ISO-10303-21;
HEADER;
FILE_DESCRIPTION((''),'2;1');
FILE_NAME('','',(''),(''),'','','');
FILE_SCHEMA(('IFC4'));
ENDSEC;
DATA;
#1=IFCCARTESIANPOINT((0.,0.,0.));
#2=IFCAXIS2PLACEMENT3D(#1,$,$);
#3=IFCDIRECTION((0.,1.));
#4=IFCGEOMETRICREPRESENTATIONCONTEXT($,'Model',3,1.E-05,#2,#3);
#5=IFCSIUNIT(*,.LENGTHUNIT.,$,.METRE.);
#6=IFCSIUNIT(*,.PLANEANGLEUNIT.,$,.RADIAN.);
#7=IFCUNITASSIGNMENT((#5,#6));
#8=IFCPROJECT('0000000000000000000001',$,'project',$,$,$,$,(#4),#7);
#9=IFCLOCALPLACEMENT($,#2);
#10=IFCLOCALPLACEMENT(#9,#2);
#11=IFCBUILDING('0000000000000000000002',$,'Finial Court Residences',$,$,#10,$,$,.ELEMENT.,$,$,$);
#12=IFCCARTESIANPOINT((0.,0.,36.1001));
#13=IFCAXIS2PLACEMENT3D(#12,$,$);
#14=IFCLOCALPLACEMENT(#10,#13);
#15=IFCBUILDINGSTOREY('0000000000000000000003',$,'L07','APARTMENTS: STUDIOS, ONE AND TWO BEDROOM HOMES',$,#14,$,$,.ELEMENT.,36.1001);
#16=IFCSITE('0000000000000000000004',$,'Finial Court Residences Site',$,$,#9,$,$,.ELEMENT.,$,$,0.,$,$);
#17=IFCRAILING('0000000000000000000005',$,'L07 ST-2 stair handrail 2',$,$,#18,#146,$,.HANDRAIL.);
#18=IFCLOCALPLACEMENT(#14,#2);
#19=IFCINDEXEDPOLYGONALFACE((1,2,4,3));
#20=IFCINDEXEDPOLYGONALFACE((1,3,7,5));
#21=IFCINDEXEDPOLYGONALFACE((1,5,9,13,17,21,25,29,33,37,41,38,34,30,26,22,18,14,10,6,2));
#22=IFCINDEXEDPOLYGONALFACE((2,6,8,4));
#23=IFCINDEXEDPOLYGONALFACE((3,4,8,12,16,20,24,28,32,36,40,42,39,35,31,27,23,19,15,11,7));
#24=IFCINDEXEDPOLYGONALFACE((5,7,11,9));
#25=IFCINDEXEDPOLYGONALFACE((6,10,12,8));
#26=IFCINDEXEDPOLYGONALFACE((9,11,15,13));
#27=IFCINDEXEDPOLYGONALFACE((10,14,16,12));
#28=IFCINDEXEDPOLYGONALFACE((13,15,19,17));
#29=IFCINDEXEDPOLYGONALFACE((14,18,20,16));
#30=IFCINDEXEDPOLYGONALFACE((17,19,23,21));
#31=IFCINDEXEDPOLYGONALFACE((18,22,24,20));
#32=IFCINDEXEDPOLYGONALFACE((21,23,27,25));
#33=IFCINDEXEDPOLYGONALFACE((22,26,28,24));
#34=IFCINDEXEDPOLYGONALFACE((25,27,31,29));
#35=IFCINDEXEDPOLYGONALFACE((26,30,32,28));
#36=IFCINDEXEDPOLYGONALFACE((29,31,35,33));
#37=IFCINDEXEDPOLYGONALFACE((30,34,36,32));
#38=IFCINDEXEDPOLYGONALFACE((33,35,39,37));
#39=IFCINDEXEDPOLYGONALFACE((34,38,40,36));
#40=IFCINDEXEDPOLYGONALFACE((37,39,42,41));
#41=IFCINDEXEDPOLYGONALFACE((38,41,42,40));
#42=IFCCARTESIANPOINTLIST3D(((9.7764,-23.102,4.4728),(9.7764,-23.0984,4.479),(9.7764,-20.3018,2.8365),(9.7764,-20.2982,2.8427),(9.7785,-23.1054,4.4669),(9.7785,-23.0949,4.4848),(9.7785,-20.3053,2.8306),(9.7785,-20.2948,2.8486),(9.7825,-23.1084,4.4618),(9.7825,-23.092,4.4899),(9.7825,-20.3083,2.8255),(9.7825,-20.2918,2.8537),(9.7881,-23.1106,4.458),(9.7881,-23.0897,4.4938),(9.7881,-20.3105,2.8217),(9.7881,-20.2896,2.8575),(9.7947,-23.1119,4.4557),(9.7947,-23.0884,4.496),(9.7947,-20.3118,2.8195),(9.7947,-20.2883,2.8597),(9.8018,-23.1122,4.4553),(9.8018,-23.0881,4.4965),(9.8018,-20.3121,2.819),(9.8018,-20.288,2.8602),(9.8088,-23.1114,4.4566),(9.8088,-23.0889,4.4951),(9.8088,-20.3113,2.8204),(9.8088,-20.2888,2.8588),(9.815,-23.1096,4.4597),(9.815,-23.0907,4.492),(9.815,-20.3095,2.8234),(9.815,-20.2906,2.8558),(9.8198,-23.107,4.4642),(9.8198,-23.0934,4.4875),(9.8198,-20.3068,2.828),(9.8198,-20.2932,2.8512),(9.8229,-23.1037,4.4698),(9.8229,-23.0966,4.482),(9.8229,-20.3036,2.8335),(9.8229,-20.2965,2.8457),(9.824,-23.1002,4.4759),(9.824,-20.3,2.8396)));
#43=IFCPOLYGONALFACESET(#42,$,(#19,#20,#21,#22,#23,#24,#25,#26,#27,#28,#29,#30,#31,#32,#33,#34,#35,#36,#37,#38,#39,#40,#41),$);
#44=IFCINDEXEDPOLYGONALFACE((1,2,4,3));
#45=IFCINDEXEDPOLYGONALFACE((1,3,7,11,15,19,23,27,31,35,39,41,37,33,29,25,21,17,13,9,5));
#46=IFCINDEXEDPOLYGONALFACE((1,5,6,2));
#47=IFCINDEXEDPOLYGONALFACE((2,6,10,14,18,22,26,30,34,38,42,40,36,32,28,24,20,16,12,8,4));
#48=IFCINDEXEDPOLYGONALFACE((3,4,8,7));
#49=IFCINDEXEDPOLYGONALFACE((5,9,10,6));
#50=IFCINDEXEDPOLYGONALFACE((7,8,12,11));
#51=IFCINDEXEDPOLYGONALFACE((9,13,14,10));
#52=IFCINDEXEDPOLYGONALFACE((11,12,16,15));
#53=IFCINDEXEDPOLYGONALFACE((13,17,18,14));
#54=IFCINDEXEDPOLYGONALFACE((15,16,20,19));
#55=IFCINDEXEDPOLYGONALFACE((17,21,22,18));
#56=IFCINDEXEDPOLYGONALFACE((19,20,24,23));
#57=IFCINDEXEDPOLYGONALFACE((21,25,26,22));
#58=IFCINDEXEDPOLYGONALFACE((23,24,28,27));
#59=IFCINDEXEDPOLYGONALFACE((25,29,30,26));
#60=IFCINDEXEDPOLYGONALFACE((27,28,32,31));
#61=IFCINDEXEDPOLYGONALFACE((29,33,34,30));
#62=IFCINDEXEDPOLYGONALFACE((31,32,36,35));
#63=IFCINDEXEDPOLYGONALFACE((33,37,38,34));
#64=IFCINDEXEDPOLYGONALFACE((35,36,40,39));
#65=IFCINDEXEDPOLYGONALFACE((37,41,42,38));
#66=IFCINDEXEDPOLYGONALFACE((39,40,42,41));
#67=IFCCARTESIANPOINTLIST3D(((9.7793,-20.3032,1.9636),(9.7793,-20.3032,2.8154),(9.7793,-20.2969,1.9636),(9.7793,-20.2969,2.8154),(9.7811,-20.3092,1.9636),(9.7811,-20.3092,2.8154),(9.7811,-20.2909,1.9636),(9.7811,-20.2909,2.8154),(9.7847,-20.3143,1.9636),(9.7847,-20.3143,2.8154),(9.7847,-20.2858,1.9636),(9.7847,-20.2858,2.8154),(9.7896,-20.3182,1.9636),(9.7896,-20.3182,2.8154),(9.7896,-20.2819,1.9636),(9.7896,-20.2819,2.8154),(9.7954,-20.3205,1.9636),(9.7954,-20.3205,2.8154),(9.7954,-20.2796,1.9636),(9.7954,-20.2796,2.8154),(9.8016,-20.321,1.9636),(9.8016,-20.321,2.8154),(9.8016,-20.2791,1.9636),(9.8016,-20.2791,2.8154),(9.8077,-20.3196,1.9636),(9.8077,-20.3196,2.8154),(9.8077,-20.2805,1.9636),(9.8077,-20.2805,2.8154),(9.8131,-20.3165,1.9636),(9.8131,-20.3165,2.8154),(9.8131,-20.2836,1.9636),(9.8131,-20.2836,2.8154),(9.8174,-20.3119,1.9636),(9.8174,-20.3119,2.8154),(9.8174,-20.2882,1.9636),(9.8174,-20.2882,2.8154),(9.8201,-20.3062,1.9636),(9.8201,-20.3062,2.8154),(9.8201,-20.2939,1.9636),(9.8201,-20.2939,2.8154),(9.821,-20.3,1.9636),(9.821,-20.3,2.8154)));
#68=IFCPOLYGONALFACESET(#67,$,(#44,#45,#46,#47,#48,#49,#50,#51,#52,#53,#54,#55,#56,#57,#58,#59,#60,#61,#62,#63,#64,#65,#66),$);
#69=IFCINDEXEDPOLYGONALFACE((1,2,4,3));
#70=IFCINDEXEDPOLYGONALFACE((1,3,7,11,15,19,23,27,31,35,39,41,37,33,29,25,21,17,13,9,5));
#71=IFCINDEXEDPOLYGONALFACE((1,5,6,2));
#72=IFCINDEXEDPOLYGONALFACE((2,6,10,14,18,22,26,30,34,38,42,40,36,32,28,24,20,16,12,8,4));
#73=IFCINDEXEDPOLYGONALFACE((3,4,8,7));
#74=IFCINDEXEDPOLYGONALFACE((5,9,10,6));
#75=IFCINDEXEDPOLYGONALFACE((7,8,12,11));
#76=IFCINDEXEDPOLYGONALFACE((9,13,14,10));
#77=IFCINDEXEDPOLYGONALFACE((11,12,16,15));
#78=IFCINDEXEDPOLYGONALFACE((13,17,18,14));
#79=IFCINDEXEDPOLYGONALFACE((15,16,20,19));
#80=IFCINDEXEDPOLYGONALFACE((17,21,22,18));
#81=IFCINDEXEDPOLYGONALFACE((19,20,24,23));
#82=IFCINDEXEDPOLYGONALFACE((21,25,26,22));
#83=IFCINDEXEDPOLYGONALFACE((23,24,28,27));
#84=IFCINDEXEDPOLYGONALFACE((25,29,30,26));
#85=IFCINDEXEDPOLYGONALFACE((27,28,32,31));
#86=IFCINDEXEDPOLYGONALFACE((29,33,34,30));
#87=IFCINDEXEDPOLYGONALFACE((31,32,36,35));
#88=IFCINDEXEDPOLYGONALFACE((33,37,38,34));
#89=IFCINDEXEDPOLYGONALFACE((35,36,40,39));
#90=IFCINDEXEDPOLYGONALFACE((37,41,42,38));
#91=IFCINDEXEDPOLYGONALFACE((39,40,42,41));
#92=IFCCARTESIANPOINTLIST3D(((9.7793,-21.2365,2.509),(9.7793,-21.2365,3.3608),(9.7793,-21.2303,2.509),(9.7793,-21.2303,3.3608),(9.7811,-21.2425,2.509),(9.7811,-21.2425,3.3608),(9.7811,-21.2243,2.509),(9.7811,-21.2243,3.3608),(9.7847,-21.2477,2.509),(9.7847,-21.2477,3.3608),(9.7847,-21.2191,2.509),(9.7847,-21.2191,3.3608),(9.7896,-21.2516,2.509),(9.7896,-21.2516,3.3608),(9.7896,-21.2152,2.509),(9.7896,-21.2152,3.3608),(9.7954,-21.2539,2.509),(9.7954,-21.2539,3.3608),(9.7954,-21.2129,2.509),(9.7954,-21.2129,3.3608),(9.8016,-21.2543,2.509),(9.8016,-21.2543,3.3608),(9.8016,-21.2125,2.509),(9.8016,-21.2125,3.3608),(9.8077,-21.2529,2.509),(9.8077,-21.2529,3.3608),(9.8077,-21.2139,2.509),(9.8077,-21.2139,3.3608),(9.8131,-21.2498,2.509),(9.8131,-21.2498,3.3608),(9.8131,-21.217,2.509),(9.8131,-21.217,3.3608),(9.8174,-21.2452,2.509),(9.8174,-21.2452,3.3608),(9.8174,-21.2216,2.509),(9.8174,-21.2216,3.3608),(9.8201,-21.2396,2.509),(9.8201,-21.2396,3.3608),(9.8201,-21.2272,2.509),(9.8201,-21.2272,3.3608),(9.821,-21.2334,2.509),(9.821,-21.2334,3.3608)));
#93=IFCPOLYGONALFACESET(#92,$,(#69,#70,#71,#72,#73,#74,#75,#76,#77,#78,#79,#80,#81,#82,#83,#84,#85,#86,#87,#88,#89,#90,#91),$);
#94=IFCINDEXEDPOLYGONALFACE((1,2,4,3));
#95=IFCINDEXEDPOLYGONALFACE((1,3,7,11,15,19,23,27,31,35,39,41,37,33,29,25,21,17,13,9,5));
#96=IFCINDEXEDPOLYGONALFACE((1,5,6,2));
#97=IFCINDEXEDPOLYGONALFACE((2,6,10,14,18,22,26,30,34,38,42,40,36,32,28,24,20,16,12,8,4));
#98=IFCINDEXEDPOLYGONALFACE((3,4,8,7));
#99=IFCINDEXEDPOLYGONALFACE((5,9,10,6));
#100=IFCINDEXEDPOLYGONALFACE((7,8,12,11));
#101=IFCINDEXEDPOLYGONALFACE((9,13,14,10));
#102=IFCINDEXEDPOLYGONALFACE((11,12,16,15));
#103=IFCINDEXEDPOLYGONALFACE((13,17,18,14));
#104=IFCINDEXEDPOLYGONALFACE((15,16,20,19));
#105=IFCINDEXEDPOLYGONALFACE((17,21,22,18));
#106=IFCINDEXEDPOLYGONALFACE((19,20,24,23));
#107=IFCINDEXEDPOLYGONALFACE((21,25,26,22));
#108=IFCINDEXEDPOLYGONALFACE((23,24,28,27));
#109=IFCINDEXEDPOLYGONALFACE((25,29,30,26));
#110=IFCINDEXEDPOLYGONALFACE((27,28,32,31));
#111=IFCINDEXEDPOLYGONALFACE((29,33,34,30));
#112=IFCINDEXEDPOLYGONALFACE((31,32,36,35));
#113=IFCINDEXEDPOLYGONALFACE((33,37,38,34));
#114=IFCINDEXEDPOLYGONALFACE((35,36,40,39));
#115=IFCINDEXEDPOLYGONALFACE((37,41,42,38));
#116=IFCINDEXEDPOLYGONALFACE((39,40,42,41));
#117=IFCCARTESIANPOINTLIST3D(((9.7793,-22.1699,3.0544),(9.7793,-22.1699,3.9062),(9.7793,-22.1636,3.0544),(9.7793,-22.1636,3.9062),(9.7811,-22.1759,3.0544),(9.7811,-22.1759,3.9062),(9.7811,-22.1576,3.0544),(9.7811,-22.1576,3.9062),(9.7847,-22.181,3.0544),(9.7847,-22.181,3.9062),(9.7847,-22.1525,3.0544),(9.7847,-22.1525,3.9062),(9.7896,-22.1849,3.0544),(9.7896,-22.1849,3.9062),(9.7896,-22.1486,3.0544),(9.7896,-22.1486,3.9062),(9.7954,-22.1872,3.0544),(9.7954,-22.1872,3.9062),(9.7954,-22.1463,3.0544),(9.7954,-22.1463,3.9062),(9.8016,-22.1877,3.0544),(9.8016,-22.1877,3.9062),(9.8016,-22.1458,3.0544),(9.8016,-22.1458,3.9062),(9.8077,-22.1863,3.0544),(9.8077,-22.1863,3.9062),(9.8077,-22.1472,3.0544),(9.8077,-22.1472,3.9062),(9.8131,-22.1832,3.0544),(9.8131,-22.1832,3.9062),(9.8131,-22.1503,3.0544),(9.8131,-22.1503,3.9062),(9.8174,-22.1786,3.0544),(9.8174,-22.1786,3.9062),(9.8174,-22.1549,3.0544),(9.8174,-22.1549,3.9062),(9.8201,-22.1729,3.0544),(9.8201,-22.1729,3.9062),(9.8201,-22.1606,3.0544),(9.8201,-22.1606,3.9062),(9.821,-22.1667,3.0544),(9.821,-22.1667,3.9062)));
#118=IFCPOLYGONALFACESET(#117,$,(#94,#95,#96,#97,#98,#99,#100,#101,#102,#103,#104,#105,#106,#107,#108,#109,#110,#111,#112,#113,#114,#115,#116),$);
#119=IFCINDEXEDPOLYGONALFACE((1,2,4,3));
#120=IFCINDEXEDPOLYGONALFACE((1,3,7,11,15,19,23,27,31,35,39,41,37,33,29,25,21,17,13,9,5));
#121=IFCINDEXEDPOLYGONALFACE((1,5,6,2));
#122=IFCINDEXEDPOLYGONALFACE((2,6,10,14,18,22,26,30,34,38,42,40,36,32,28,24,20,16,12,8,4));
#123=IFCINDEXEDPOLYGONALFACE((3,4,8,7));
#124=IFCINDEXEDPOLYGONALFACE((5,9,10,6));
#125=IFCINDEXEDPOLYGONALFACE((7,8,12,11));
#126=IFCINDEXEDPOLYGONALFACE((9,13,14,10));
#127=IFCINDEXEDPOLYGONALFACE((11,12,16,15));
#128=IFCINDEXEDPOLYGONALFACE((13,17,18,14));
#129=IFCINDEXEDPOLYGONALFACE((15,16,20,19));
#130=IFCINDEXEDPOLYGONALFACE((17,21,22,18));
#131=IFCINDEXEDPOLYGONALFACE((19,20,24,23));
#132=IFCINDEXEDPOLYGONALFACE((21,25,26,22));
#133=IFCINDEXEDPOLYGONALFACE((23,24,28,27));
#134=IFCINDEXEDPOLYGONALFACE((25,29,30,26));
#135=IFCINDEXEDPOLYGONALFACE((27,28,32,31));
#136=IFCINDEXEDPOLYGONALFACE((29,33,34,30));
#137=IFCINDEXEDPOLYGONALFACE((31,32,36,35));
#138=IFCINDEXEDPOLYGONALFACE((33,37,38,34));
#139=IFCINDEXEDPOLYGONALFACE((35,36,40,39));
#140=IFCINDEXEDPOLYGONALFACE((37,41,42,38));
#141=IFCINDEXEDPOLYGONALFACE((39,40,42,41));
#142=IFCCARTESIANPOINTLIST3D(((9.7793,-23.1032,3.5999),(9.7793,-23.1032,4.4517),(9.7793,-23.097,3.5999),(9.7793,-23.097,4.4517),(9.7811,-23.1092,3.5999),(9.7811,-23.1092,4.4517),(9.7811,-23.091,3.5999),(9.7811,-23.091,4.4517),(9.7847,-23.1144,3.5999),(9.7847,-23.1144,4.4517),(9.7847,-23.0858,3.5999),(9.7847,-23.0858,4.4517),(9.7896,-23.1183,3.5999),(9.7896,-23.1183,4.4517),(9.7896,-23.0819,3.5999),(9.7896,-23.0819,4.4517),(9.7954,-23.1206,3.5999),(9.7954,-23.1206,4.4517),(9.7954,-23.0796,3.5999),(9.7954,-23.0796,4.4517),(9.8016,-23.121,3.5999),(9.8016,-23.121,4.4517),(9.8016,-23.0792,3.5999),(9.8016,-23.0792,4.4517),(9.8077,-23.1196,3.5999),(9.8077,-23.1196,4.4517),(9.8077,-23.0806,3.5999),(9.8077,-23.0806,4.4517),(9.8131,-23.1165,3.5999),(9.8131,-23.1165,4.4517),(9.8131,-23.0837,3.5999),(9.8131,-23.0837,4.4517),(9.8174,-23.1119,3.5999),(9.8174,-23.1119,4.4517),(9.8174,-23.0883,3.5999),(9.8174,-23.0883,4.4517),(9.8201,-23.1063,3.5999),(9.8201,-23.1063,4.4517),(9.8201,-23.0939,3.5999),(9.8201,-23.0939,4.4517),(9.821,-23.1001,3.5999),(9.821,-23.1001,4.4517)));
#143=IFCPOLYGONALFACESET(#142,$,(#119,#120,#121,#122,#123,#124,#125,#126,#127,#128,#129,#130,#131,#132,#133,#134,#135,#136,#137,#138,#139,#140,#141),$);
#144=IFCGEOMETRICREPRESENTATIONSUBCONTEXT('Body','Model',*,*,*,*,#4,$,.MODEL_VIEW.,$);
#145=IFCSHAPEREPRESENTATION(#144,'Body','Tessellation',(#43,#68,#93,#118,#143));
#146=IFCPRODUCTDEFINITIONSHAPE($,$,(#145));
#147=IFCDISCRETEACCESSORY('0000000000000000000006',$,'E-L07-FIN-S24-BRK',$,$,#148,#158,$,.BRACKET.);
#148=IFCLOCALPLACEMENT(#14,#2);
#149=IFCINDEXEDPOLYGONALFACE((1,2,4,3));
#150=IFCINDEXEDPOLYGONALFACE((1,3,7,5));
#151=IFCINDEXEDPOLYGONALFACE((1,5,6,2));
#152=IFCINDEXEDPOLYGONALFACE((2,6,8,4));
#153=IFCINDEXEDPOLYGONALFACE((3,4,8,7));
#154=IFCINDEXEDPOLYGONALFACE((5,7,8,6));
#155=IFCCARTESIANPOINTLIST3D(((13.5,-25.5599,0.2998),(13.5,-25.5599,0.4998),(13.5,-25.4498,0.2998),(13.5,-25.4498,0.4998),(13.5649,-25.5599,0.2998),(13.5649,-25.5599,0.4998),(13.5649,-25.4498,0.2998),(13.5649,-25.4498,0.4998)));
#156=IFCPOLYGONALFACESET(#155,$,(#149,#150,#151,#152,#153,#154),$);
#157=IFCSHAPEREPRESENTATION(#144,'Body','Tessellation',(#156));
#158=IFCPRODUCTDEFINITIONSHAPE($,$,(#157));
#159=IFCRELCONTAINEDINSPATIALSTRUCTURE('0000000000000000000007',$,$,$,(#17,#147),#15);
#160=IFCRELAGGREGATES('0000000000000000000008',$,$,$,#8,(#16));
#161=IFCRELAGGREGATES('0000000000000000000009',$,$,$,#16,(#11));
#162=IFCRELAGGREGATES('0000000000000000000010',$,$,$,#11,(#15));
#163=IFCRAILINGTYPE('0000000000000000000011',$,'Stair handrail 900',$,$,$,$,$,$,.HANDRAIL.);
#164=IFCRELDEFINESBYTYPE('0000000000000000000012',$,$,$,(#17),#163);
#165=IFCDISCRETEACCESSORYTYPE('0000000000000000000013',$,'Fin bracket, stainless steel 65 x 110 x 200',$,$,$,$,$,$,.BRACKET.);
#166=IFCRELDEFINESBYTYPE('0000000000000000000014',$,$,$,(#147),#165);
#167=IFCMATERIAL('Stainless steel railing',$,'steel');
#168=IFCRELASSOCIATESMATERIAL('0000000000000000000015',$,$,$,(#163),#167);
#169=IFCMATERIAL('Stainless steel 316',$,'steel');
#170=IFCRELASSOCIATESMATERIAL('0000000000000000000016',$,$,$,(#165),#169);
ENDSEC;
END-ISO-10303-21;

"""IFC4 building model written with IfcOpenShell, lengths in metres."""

from ifc_helpers import new_model, si_unit, direction, frame, origin, origin_2d, place, context, subcontext, project, spatial, rectangle, circle, extrude, material, type_object, element, save


model = new_model("IFC4")

# Units and contexts
model_context = context("Model", 3, precision=1e-05, world=origin(), true_north=direction((0.0, 1.0)))
body_context = subcontext(model_context, "Body", "Model", "MODEL_VIEW")
ifc_project = project(units=[si_unit("LENGTHUNIT", "METRE"), si_unit("PLANEANGLEUNIT", "RADIAN")], contexts=[model_context])

# Site, building, storey
site_placement = place(None, origin())
site = spatial("IfcSite", under=ifc_project, at=site_placement, Name="Finial Court Residences Site", CompositionType="ELEMENT", RefElevation=0.0)
building_placement = place(site_placement, origin())
building = spatial("IfcBuilding", under=site, at=building_placement, Name="Finial Court Residences", CompositionType="ELEMENT")
storey_placement = place(building_placement, frame((0.0, 0.0, 36.1001)))
storey = spatial("IfcBuildingStorey", under=building, at=storey_placement, Name="L07", Description="APARTMENTS: STUDIOS, ONE AND TWO BEDROOM HOMES", CompositionType="ELEMENT", Elevation=36.1001)

# Railing
ifc_material_1 = material(Name="Stainless steel railing", Category="steel")
railing_type_1 = type_object("IfcRailingType", Name="Stair handrail 900", PredefinedType="HANDRAIL", material=ifc_material_1)
railing_1_placement = place(storey_placement, frame((9.8, -20.3, 1.9636)))
element("IfcRailing", 1, at=railing_1_placement, inside=storey, type_object=railing_type_1, Name="L07 ST-2 stair handrail 2", PredefinedType="HANDRAIL", context=body_context, shape_type="SweptSolid", body=[
    extrude(circle(Radius=0.0239, at=origin_2d()), frame((0.0, 0.0, 0.876), z_axis=(0.0, -0.863394, 0.504531), x_axis=(1.0, 0.0, 0.0)), (0.0, 0.0, 1.0), 3.2432),
    extrude(circle(Radius=0.021, at=origin_2d()), origin(), (0.0, 0.0, 1.0), 0.8518),
    extrude(circle(Radius=0.021, at=origin_2d()), frame((0.0, -0.9333, 0.5454)), (0.0, 0.0, 1.0), 0.8518),
    extrude(circle(Radius=0.021, at=origin_2d()), frame((0.0, -1.8667, 1.0908)), (0.0, 0.0, 1.0), 0.8518),
    extrude(circle(Radius=0.021, at=origin_2d()), frame((0.0, -2.8, 1.6362)), (0.0, 0.0, 1.0), 0.8518),
])

# Discrete accessory
ifc_material_2 = material(Name="Stainless steel 316", Category="steel")
discrete_accessory_type = type_object("IfcDiscreteAccessoryType", Name="Fin bracket, stainless steel 65 x 110 x 200", PredefinedType="BRACKET", material=ifc_material_2)
discrete_accessory_placement = place(storey_placement, frame((13.5325, -25.5049, 0.2998), z_axis=(0.0, 0.0, 1.0), x_axis=(1.0, 0.0, 0.0)))
element("IfcDiscreteAccessory", 2, at=discrete_accessory_placement, inside=storey, type_object=discrete_accessory_type, Name="E-L07-FIN-S24-BRK", PredefinedType="BRACKET", context=body_context, shape_type="SweptSolid", body=[
    extrude(rectangle(XDim=0.0649, YDim=0.1101, at=origin_2d()), origin(), (0.0, 0.0, 1.0), 0.2),
])

save(model, "model.ifc")
